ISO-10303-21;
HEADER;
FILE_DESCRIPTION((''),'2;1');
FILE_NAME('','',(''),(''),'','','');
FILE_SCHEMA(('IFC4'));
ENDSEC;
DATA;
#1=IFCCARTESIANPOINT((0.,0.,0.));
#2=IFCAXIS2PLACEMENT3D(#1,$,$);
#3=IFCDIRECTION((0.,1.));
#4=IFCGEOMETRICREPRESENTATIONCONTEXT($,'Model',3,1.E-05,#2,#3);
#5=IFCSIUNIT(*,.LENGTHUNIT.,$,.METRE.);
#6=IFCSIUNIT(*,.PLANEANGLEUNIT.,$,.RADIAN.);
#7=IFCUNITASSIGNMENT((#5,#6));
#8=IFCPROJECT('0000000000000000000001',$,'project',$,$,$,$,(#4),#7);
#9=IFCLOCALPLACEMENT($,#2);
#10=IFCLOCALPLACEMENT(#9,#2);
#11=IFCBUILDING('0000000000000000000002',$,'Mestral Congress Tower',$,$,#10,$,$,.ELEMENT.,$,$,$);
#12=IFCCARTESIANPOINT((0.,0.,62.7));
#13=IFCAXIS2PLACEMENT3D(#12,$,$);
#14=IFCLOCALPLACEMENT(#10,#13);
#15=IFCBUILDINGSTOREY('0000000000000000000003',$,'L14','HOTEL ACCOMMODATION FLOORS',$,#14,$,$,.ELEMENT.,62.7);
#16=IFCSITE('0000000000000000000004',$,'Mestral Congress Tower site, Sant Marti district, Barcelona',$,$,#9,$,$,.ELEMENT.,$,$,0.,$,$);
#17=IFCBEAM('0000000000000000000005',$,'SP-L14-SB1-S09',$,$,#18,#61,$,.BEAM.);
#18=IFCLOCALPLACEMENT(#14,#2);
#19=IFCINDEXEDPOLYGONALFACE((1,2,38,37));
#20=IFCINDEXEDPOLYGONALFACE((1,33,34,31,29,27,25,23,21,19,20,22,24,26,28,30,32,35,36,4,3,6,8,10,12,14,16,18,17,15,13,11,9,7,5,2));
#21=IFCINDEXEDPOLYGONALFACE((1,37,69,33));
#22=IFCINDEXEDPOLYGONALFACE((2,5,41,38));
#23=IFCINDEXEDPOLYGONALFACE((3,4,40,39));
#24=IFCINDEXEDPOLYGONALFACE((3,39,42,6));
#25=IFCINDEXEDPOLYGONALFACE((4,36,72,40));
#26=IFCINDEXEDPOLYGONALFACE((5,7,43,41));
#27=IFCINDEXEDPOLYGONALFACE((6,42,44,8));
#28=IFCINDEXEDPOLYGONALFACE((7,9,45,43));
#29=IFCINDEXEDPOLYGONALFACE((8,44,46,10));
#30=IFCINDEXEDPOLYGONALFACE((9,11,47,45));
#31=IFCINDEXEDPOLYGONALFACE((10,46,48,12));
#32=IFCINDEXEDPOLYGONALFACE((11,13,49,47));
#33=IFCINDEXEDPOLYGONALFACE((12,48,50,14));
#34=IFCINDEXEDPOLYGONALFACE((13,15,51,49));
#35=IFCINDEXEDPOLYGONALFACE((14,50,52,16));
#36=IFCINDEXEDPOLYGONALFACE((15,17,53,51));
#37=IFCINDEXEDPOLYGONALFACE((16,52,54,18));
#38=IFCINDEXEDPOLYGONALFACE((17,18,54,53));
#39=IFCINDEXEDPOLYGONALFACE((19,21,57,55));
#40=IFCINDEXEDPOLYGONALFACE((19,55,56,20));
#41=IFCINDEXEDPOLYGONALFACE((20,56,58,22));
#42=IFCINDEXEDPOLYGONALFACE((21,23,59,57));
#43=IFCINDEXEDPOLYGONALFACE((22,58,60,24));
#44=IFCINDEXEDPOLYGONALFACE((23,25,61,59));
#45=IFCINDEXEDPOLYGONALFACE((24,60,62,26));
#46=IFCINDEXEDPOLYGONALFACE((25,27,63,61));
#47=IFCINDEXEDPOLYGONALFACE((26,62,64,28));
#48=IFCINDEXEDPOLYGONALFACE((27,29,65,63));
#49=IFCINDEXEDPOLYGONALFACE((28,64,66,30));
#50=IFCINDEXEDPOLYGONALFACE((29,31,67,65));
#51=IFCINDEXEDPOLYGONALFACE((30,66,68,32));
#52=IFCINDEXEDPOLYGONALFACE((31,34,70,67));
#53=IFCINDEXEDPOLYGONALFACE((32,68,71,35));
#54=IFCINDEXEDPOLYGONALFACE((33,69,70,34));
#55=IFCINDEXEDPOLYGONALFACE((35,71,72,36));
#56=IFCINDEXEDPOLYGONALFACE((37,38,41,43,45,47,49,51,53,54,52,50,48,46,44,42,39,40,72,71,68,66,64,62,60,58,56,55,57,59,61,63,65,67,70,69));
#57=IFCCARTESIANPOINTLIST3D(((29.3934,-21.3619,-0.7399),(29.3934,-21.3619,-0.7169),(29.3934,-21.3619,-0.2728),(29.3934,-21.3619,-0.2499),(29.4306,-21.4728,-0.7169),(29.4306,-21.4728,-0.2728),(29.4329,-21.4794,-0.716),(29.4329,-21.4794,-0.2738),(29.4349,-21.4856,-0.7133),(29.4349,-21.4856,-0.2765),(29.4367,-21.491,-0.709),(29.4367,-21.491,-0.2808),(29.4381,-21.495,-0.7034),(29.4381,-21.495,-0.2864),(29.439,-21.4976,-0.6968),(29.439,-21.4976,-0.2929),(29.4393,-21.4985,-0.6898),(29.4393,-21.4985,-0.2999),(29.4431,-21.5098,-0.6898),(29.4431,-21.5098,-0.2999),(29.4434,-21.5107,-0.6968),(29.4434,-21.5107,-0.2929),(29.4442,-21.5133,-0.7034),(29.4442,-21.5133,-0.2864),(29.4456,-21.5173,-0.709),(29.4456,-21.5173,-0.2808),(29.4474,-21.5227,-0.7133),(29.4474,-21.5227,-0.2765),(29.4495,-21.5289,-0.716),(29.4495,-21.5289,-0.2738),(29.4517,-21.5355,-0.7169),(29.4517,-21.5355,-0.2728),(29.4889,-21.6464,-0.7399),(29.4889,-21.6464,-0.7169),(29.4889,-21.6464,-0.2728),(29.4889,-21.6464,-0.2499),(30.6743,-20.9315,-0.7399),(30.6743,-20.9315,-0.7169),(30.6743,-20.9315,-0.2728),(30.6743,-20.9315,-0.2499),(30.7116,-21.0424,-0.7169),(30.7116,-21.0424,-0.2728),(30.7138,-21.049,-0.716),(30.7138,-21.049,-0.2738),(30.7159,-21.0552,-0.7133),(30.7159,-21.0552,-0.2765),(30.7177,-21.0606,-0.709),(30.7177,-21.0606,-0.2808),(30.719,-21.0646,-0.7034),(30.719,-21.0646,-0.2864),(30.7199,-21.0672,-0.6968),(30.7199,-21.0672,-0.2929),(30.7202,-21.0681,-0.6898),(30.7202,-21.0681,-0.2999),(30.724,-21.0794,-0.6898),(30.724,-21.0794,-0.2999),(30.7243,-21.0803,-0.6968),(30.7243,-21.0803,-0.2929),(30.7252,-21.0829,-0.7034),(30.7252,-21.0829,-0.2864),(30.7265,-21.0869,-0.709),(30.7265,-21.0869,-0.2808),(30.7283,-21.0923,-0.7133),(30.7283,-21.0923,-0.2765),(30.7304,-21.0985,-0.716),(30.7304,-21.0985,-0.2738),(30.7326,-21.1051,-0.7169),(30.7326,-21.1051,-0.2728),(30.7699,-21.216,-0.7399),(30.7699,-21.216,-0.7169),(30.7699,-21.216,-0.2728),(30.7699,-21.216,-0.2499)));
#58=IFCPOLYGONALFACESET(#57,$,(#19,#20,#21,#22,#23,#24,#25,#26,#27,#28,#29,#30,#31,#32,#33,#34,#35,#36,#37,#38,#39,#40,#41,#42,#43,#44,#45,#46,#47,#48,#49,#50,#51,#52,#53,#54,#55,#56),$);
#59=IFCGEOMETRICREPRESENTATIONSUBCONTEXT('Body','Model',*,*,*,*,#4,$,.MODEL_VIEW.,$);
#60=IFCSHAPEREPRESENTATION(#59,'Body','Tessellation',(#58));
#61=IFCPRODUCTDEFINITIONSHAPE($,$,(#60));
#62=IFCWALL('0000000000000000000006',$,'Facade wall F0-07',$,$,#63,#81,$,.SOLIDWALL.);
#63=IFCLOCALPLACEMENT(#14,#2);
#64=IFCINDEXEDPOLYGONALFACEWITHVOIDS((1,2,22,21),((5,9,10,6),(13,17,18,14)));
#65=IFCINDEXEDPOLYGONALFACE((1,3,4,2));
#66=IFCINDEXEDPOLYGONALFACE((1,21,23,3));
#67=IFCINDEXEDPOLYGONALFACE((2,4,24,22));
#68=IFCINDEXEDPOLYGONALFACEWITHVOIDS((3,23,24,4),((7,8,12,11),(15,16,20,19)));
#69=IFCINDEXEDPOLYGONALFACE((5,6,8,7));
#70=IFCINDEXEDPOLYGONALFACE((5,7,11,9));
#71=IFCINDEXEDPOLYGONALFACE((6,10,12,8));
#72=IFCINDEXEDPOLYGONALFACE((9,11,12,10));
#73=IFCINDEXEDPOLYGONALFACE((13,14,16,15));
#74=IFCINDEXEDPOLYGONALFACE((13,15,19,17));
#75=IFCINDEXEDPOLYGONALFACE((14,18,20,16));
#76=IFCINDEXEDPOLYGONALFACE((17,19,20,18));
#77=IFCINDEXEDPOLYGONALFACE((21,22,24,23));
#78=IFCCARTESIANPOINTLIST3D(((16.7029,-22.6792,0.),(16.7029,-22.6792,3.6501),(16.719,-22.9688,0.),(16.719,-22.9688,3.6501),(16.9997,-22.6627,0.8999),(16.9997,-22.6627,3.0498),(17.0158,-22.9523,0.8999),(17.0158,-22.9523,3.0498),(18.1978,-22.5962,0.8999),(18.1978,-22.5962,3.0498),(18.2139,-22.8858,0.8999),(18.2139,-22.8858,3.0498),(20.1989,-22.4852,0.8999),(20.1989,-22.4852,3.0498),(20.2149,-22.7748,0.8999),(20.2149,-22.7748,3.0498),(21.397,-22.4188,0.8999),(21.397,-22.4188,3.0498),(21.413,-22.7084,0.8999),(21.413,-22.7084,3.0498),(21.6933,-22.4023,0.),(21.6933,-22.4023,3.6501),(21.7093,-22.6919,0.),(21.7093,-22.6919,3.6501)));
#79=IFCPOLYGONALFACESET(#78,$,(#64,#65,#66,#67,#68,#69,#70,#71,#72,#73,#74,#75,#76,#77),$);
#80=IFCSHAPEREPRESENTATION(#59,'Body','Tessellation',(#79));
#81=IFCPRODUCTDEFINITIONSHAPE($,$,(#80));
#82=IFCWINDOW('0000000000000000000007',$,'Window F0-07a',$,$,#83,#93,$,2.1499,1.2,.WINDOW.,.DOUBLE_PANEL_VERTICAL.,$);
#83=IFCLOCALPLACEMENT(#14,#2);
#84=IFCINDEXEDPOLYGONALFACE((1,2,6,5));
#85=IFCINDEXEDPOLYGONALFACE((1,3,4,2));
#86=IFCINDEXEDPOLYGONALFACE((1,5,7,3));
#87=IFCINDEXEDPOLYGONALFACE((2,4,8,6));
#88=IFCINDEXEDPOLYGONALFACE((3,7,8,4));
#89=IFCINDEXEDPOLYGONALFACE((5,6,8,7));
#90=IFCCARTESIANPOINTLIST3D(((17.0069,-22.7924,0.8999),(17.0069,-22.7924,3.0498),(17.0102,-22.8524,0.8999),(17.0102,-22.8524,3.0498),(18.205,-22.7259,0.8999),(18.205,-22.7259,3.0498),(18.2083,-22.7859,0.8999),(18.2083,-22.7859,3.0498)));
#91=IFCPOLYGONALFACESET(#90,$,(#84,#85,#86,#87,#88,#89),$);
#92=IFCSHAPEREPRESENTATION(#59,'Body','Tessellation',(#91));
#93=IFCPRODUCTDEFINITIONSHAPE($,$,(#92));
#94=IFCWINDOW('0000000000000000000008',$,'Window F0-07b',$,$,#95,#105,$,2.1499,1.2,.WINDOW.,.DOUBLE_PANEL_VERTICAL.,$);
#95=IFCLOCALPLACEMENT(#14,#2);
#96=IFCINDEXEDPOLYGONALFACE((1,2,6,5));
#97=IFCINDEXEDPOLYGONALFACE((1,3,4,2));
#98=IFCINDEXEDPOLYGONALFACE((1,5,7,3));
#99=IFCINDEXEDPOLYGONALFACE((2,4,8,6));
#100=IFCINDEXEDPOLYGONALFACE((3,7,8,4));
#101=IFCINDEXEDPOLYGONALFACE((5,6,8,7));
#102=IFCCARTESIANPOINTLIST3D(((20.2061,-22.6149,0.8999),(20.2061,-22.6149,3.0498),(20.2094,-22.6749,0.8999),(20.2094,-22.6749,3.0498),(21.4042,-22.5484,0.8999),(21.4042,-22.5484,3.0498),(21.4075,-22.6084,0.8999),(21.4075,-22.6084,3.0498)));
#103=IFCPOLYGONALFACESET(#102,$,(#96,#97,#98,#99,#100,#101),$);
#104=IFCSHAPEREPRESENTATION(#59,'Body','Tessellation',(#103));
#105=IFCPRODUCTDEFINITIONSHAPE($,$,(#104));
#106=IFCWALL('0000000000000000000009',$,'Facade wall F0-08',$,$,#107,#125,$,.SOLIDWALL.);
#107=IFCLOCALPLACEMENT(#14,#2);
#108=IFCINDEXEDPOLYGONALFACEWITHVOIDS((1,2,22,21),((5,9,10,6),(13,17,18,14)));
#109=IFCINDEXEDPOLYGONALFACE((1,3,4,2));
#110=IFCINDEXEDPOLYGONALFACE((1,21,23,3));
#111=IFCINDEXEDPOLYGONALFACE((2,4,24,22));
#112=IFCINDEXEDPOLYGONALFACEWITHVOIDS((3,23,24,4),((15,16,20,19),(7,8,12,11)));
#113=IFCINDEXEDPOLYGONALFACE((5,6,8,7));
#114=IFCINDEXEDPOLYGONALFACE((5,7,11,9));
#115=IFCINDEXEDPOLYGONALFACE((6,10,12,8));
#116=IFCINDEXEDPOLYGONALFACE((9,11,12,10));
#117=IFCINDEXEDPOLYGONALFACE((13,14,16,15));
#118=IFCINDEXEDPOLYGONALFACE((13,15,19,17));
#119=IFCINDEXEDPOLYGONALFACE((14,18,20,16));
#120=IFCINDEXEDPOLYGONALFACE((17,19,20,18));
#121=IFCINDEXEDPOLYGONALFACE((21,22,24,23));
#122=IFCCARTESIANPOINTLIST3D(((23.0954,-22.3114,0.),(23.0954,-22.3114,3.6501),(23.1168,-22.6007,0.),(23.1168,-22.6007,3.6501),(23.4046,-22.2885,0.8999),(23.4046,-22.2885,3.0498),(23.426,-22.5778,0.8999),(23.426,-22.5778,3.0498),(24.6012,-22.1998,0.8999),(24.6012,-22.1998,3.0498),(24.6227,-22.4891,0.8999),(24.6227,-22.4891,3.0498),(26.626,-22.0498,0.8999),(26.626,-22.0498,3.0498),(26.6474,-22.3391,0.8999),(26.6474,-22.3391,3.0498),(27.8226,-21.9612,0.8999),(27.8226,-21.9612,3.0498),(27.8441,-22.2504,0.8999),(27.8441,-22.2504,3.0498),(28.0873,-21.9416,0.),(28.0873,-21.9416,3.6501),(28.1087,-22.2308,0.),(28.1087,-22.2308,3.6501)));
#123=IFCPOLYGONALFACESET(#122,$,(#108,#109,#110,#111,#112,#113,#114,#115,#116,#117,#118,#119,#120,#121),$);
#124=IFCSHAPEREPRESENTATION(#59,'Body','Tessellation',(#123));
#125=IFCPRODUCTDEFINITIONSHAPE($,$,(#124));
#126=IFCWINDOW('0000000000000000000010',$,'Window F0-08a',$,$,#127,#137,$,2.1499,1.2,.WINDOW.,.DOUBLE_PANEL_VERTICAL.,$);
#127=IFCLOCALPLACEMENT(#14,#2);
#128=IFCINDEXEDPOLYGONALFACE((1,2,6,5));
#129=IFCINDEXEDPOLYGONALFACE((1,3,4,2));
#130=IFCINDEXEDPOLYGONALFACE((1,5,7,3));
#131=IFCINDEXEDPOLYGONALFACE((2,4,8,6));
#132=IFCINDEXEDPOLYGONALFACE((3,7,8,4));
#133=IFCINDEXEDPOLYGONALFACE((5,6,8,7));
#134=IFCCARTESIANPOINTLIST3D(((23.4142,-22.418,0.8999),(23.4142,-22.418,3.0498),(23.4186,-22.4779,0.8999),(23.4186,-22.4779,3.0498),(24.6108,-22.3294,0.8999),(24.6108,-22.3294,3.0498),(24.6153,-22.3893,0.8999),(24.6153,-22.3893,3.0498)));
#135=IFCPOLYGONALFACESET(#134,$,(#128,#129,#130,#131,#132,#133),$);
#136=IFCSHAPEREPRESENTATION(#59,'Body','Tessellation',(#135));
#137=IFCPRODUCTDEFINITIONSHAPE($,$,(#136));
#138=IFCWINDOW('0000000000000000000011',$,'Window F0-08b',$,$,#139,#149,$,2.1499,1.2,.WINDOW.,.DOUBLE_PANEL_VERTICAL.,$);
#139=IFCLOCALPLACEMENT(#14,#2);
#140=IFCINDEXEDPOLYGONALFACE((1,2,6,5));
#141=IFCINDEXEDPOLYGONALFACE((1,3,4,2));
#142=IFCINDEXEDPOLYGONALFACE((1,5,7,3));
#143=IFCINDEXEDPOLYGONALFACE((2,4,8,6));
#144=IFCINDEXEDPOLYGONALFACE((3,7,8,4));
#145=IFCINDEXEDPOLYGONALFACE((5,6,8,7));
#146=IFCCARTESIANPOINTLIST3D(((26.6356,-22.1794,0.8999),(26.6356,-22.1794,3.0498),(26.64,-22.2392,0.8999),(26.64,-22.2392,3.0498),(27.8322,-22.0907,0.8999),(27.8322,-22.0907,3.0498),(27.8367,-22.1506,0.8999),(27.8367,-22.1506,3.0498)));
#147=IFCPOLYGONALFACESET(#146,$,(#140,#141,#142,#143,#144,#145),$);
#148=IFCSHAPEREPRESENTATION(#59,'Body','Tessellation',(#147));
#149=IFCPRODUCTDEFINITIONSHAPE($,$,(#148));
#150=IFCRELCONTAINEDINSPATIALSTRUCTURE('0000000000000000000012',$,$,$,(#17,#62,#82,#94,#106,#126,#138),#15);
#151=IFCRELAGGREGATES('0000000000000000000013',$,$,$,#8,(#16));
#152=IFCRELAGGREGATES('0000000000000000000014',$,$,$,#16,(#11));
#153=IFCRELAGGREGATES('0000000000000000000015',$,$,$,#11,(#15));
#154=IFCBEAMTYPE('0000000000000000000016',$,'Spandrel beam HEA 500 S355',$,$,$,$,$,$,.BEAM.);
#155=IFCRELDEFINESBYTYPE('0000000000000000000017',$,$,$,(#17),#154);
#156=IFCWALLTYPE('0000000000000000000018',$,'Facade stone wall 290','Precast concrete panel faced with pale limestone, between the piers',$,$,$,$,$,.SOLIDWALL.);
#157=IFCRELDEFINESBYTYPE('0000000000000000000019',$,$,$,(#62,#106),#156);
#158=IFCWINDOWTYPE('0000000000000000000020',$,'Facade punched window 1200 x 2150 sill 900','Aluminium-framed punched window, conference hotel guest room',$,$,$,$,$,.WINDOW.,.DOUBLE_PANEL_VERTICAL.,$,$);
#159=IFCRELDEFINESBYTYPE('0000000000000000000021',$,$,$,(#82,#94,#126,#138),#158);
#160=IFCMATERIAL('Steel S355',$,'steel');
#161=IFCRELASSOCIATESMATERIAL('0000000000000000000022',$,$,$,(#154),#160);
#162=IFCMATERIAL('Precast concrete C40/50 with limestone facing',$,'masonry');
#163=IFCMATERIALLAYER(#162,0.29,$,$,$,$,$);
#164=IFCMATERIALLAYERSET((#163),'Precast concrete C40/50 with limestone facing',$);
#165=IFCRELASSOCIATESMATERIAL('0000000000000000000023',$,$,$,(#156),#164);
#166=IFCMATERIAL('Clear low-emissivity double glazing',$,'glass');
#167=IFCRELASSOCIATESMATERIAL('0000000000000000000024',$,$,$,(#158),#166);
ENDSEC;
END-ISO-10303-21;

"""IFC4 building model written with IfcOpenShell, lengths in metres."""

from ifc_helpers import new_model, si_unit, direction, frame, frame_2d, origin, origin_2d, place, context, subcontext, project, spatial, rectangle, i_section, extrude, material, layer, layer_set, material_profile, profile_set, type_object, element, fill, save


model = new_model("IFC4")

# Units and contexts
model_context = context("Model", 3, precision=1e-05, world=origin(), true_north=direction((0.0, 1.0)))
body_context = subcontext(model_context, "Body", "Model", "MODEL_VIEW")
ifc_project = project(units=[si_unit("LENGTHUNIT", "METRE"), si_unit("PLANEANGLEUNIT", "RADIAN")], contexts=[model_context])

# Site, building, storey
site_placement = place(None, origin())
site = spatial("IfcSite", under=ifc_project, at=site_placement, Name="Mestral Congress Tower site, Sant Marti district, Barcelona", CompositionType="ELEMENT", RefElevation=0.0)
building_placement = place(site_placement, origin())
building = spatial("IfcBuilding", under=site, at=building_placement, Name="Mestral Congress Tower", CompositionType="ELEMENT")
storey_placement = place(building_placement, frame((0.0, 0.0, 62.7)))
storey = spatial("IfcBuildingStorey", under=building, at=storey_placement, Name="L14", Description="HOTEL ACCOMMODATION FLOORS", CompositionType="ELEMENT", Elevation=62.7)

# Beam
ifc_material_1 = material(Name="Steel S355", Category="steel")
ifc_material_profile_1 = material_profile(ifc_material_1, i_section(OverallWidth=0.3, OverallDepth=0.49, WebThickness=0.012, FlangeThickness=0.0229, FilletRadius=0.0271, at=origin_2d()), Name="HEA 500")
ifc_profile_set_1 = profile_set([ifc_material_profile_1], Name="Steel S355")
beam_type_1 = type_object("IfcBeamType", Name="Spandrel beam HEA 500 S355", PredefinedType="BEAM", material=ifc_profile_set_1)
beam_1_placement = place(storey_placement, frame((29.4412, -21.5042, -0.4949), z_axis=(0.947922, 0.318503, 0.0), x_axis=(-0.318503, 0.947922, 0.0)))
element("IfcBeam", 1, at=beam_1_placement, inside=storey, type_object=beam_type_1, Name="SP-L14-SB1-S09", PredefinedType="BEAM", context=body_context, shape_type="SweptSolid", body=[
    extrude(i_section(OverallWidth=0.3, OverallDepth=0.49, WebThickness=0.012, FlangeThickness=0.0229, FilletRadius=0.0271, at=origin_2d()), origin(), (0.0, 0.0, 1.0), 1.3513),
])

# Walls, openings, windows
ifc_material_2 = material(Name="Precast concrete C40/50 with limestone facing", Category="masonry")
ifc_layer_1 = layer(ifc_material_2, 0.29)
ifc_layer_set_1 = layer_set([ifc_layer_1], Name="Precast concrete C40/50 with limestone facing")
wall_type_1 = type_object("IfcWallType", Name="Facade stone wall 290", Description="Precast concrete panel faced with pale limestone, between the piers", PredefinedType="SOLIDWALL", material=ifc_layer_set_1)
wall_1_placement = place(storey_placement, frame((16.7109, -22.824, 0.0), z_axis=(0.0, 0.0, 1.0), x_axis=(0.998465, 0.055392, 0.0)))
wall_1 = element("IfcWall", 2, at=wall_1_placement, inside=storey, type_object=wall_type_1, Name="Facade wall F0-07", PredefinedType="SOLIDWALL", context=body_context, shape_type="SweptSolid", body=[
    extrude(rectangle(XDim=4.998, YDim=0.29, at=frame_2d((2.499, 0.0))), origin(), (0.0, 0.0, 1.0), 3.6501),
])
opening_1_placement = place(wall_1_placement, frame((0.2971, 0.0, 0.8999)))
opening_1 = element("IfcOpeningElement", 3, at=opening_1_placement, cuts=wall_1, PredefinedType="OPENING", context=body_context, shape_type="SweptSolid", body=[
    extrude(rectangle(XDim=1.2, YDim=2.1499, at=frame_2d((0.6001, 1.075))), frame((0.0, 0.155, 0.0), z_axis=(0.0, -1.0, 0.0), x_axis=(1.0, 0.0, 0.0)), (0.0, 0.0, 1.0), 0.3101),
])
opening_2_placement = place(wall_1_placement, frame((3.5012, 0.0, 0.8999)))
opening_2 = element("IfcOpeningElement", 4, at=opening_2_placement, cuts=wall_1, PredefinedType="OPENING", context=body_context, shape_type="SweptSolid", body=[
    extrude(rectangle(XDim=1.2, YDim=2.1499, at=frame_2d((0.6001, 1.075))), frame((0.0, 0.155, 0.0), z_axis=(0.0, -1.0, 0.0), x_axis=(1.0, 0.0, 0.0)), (0.0, 0.0, 1.0), 0.3101),
])
ifc_material_3 = material(Name="Clear low-emissivity double glazing", Category="glass")
window_type_1 = type_object("IfcWindowType", Name="Facade punched window 1200 x 2150 sill 900", Description="Aluminium-framed punched window, conference hotel guest room", PartitioningType="DOUBLE_PANEL_VERTICAL", PredefinedType="WINDOW", material=ifc_material_3)
window_1_placement = place(opening_1_placement, origin())
window_1 = element("IfcWindow", 5, at=window_1_placement, inside=storey, type_object=window_type_1, Name="Window F0-07a", OverallHeight=2.1499, OverallWidth=1.2, PartitioningType="DOUBLE_PANEL_VERTICAL", PredefinedType="WINDOW", context=body_context, shape_type="SweptSolid", body=[
    extrude(rectangle(XDim=1.2, YDim=2.1499, at=frame_2d((0.6001, 1.075))), frame((0.0, 0.0151, 0.0), z_axis=(0.0, -1.0, 0.0), x_axis=(1.0, 0.0, 0.0)), (0.0, 0.0, 1.0), 0.0601),
])
fill(opening_1, window_1)
window_2_placement = place(opening_2_placement, origin())
window_2 = element("IfcWindow", 6, at=window_2_placement, inside=storey, type_object=window_type_1, Name="Window F0-07b", OverallHeight=2.1499, OverallWidth=1.2, PartitioningType="DOUBLE_PANEL_VERTICAL", PredefinedType="WINDOW", context=body_context, shape_type="SweptSolid", body=[
    extrude(rectangle(XDim=1.2, YDim=2.1499, at=frame_2d((0.6001, 1.075))), frame((0.0, 0.0151, 0.0), z_axis=(0.0, -1.0, 0.0), x_axis=(1.0, 0.0, 0.0)), (0.0, 0.0, 1.0), 0.0601),
])
fill(opening_2, window_2)
wall_2_placement = place(storey_placement, frame((23.106, -22.4561, 0.0), z_axis=(0.0, 0.0, 1.0), x_axis=(0.997266, 0.073891, 0.0)))
wall_2 = element("IfcWall", 7, at=wall_2_placement, inside=storey, type_object=wall_type_1, Name="Facade wall F0-08", PredefinedType="SOLIDWALL", context=body_context, shape_type="SweptSolid", body=[
    extrude(rectangle(XDim=5.0056, YDim=0.29, at=frame_2d((2.5029, 0.0))), origin(), (0.0, 0.0, 1.0), 3.6501),
])
opening_3_placement = place(wall_2_placement, frame((0.3101, 0.0, 0.8999)))
opening_3 = element("IfcOpeningElement", 8, at=opening_3_placement, cuts=wall_2, PredefinedType="OPENING", context=body_context, shape_type="SweptSolid", body=[
    extrude(rectangle(XDim=1.2, YDim=2.1499, at=frame_2d((0.6001, 1.075))), frame((0.0, 0.155, 0.0), z_axis=(0.0, -1.0, 0.0), x_axis=(1.0, 0.0, 0.0)), (0.0, 0.0, 1.0), 0.3101),
])
opening_4_placement = place(wall_2_placement, frame((3.5403, 0.0, 0.8999)))
opening_4 = element("IfcOpeningElement", 9, at=opening_4_placement, cuts=wall_2, PredefinedType="OPENING", context=body_context, shape_type="SweptSolid", body=[
    extrude(rectangle(XDim=1.2, YDim=2.1499, at=frame_2d((0.6001, 1.075))), frame((0.0, 0.155, 0.0), z_axis=(0.0, -1.0, 0.0), x_axis=(1.0, 0.0, 0.0)), (0.0, 0.0, 1.0), 0.3101),
])
window_3_placement = place(opening_3_placement, origin())
window_3 = element("IfcWindow", 10, at=window_3_placement, inside=storey, type_object=window_type_1, Name="Window F0-08a", OverallHeight=2.1499, OverallWidth=1.2, PartitioningType="DOUBLE_PANEL_VERTICAL", PredefinedType="WINDOW", context=body_context, shape_type="SweptSolid", body=[
    extrude(rectangle(XDim=1.2, YDim=2.1499, at=frame_2d((0.6001, 1.075))), frame((0.0, 0.0151, 0.0), z_axis=(0.0, -1.0, 0.0), x_axis=(1.0, 0.0, 0.0)), (0.0, 0.0, 1.0), 0.0601),
])
fill(opening_3, window_3)
window_4_placement = place(opening_4_placement, origin())
window_4 = element("IfcWindow", 11, at=window_4_placement, inside=storey, type_object=window_type_1, Name="Window F0-08b", OverallHeight=2.1499, OverallWidth=1.2, PartitioningType="DOUBLE_PANEL_VERTICAL", PredefinedType="WINDOW", context=body_context, shape_type="SweptSolid", body=[
    extrude(rectangle(XDim=1.2, YDim=2.1499, at=frame_2d((0.6001, 1.075))), frame((0.0, 0.0151, 0.0), z_axis=(0.0, -1.0, 0.0), x_axis=(1.0, 0.0, 0.0)), (0.0, 0.0, 1.0), 0.0601),
])
fill(opening_4, window_4)

save(model, "model.ifc")
